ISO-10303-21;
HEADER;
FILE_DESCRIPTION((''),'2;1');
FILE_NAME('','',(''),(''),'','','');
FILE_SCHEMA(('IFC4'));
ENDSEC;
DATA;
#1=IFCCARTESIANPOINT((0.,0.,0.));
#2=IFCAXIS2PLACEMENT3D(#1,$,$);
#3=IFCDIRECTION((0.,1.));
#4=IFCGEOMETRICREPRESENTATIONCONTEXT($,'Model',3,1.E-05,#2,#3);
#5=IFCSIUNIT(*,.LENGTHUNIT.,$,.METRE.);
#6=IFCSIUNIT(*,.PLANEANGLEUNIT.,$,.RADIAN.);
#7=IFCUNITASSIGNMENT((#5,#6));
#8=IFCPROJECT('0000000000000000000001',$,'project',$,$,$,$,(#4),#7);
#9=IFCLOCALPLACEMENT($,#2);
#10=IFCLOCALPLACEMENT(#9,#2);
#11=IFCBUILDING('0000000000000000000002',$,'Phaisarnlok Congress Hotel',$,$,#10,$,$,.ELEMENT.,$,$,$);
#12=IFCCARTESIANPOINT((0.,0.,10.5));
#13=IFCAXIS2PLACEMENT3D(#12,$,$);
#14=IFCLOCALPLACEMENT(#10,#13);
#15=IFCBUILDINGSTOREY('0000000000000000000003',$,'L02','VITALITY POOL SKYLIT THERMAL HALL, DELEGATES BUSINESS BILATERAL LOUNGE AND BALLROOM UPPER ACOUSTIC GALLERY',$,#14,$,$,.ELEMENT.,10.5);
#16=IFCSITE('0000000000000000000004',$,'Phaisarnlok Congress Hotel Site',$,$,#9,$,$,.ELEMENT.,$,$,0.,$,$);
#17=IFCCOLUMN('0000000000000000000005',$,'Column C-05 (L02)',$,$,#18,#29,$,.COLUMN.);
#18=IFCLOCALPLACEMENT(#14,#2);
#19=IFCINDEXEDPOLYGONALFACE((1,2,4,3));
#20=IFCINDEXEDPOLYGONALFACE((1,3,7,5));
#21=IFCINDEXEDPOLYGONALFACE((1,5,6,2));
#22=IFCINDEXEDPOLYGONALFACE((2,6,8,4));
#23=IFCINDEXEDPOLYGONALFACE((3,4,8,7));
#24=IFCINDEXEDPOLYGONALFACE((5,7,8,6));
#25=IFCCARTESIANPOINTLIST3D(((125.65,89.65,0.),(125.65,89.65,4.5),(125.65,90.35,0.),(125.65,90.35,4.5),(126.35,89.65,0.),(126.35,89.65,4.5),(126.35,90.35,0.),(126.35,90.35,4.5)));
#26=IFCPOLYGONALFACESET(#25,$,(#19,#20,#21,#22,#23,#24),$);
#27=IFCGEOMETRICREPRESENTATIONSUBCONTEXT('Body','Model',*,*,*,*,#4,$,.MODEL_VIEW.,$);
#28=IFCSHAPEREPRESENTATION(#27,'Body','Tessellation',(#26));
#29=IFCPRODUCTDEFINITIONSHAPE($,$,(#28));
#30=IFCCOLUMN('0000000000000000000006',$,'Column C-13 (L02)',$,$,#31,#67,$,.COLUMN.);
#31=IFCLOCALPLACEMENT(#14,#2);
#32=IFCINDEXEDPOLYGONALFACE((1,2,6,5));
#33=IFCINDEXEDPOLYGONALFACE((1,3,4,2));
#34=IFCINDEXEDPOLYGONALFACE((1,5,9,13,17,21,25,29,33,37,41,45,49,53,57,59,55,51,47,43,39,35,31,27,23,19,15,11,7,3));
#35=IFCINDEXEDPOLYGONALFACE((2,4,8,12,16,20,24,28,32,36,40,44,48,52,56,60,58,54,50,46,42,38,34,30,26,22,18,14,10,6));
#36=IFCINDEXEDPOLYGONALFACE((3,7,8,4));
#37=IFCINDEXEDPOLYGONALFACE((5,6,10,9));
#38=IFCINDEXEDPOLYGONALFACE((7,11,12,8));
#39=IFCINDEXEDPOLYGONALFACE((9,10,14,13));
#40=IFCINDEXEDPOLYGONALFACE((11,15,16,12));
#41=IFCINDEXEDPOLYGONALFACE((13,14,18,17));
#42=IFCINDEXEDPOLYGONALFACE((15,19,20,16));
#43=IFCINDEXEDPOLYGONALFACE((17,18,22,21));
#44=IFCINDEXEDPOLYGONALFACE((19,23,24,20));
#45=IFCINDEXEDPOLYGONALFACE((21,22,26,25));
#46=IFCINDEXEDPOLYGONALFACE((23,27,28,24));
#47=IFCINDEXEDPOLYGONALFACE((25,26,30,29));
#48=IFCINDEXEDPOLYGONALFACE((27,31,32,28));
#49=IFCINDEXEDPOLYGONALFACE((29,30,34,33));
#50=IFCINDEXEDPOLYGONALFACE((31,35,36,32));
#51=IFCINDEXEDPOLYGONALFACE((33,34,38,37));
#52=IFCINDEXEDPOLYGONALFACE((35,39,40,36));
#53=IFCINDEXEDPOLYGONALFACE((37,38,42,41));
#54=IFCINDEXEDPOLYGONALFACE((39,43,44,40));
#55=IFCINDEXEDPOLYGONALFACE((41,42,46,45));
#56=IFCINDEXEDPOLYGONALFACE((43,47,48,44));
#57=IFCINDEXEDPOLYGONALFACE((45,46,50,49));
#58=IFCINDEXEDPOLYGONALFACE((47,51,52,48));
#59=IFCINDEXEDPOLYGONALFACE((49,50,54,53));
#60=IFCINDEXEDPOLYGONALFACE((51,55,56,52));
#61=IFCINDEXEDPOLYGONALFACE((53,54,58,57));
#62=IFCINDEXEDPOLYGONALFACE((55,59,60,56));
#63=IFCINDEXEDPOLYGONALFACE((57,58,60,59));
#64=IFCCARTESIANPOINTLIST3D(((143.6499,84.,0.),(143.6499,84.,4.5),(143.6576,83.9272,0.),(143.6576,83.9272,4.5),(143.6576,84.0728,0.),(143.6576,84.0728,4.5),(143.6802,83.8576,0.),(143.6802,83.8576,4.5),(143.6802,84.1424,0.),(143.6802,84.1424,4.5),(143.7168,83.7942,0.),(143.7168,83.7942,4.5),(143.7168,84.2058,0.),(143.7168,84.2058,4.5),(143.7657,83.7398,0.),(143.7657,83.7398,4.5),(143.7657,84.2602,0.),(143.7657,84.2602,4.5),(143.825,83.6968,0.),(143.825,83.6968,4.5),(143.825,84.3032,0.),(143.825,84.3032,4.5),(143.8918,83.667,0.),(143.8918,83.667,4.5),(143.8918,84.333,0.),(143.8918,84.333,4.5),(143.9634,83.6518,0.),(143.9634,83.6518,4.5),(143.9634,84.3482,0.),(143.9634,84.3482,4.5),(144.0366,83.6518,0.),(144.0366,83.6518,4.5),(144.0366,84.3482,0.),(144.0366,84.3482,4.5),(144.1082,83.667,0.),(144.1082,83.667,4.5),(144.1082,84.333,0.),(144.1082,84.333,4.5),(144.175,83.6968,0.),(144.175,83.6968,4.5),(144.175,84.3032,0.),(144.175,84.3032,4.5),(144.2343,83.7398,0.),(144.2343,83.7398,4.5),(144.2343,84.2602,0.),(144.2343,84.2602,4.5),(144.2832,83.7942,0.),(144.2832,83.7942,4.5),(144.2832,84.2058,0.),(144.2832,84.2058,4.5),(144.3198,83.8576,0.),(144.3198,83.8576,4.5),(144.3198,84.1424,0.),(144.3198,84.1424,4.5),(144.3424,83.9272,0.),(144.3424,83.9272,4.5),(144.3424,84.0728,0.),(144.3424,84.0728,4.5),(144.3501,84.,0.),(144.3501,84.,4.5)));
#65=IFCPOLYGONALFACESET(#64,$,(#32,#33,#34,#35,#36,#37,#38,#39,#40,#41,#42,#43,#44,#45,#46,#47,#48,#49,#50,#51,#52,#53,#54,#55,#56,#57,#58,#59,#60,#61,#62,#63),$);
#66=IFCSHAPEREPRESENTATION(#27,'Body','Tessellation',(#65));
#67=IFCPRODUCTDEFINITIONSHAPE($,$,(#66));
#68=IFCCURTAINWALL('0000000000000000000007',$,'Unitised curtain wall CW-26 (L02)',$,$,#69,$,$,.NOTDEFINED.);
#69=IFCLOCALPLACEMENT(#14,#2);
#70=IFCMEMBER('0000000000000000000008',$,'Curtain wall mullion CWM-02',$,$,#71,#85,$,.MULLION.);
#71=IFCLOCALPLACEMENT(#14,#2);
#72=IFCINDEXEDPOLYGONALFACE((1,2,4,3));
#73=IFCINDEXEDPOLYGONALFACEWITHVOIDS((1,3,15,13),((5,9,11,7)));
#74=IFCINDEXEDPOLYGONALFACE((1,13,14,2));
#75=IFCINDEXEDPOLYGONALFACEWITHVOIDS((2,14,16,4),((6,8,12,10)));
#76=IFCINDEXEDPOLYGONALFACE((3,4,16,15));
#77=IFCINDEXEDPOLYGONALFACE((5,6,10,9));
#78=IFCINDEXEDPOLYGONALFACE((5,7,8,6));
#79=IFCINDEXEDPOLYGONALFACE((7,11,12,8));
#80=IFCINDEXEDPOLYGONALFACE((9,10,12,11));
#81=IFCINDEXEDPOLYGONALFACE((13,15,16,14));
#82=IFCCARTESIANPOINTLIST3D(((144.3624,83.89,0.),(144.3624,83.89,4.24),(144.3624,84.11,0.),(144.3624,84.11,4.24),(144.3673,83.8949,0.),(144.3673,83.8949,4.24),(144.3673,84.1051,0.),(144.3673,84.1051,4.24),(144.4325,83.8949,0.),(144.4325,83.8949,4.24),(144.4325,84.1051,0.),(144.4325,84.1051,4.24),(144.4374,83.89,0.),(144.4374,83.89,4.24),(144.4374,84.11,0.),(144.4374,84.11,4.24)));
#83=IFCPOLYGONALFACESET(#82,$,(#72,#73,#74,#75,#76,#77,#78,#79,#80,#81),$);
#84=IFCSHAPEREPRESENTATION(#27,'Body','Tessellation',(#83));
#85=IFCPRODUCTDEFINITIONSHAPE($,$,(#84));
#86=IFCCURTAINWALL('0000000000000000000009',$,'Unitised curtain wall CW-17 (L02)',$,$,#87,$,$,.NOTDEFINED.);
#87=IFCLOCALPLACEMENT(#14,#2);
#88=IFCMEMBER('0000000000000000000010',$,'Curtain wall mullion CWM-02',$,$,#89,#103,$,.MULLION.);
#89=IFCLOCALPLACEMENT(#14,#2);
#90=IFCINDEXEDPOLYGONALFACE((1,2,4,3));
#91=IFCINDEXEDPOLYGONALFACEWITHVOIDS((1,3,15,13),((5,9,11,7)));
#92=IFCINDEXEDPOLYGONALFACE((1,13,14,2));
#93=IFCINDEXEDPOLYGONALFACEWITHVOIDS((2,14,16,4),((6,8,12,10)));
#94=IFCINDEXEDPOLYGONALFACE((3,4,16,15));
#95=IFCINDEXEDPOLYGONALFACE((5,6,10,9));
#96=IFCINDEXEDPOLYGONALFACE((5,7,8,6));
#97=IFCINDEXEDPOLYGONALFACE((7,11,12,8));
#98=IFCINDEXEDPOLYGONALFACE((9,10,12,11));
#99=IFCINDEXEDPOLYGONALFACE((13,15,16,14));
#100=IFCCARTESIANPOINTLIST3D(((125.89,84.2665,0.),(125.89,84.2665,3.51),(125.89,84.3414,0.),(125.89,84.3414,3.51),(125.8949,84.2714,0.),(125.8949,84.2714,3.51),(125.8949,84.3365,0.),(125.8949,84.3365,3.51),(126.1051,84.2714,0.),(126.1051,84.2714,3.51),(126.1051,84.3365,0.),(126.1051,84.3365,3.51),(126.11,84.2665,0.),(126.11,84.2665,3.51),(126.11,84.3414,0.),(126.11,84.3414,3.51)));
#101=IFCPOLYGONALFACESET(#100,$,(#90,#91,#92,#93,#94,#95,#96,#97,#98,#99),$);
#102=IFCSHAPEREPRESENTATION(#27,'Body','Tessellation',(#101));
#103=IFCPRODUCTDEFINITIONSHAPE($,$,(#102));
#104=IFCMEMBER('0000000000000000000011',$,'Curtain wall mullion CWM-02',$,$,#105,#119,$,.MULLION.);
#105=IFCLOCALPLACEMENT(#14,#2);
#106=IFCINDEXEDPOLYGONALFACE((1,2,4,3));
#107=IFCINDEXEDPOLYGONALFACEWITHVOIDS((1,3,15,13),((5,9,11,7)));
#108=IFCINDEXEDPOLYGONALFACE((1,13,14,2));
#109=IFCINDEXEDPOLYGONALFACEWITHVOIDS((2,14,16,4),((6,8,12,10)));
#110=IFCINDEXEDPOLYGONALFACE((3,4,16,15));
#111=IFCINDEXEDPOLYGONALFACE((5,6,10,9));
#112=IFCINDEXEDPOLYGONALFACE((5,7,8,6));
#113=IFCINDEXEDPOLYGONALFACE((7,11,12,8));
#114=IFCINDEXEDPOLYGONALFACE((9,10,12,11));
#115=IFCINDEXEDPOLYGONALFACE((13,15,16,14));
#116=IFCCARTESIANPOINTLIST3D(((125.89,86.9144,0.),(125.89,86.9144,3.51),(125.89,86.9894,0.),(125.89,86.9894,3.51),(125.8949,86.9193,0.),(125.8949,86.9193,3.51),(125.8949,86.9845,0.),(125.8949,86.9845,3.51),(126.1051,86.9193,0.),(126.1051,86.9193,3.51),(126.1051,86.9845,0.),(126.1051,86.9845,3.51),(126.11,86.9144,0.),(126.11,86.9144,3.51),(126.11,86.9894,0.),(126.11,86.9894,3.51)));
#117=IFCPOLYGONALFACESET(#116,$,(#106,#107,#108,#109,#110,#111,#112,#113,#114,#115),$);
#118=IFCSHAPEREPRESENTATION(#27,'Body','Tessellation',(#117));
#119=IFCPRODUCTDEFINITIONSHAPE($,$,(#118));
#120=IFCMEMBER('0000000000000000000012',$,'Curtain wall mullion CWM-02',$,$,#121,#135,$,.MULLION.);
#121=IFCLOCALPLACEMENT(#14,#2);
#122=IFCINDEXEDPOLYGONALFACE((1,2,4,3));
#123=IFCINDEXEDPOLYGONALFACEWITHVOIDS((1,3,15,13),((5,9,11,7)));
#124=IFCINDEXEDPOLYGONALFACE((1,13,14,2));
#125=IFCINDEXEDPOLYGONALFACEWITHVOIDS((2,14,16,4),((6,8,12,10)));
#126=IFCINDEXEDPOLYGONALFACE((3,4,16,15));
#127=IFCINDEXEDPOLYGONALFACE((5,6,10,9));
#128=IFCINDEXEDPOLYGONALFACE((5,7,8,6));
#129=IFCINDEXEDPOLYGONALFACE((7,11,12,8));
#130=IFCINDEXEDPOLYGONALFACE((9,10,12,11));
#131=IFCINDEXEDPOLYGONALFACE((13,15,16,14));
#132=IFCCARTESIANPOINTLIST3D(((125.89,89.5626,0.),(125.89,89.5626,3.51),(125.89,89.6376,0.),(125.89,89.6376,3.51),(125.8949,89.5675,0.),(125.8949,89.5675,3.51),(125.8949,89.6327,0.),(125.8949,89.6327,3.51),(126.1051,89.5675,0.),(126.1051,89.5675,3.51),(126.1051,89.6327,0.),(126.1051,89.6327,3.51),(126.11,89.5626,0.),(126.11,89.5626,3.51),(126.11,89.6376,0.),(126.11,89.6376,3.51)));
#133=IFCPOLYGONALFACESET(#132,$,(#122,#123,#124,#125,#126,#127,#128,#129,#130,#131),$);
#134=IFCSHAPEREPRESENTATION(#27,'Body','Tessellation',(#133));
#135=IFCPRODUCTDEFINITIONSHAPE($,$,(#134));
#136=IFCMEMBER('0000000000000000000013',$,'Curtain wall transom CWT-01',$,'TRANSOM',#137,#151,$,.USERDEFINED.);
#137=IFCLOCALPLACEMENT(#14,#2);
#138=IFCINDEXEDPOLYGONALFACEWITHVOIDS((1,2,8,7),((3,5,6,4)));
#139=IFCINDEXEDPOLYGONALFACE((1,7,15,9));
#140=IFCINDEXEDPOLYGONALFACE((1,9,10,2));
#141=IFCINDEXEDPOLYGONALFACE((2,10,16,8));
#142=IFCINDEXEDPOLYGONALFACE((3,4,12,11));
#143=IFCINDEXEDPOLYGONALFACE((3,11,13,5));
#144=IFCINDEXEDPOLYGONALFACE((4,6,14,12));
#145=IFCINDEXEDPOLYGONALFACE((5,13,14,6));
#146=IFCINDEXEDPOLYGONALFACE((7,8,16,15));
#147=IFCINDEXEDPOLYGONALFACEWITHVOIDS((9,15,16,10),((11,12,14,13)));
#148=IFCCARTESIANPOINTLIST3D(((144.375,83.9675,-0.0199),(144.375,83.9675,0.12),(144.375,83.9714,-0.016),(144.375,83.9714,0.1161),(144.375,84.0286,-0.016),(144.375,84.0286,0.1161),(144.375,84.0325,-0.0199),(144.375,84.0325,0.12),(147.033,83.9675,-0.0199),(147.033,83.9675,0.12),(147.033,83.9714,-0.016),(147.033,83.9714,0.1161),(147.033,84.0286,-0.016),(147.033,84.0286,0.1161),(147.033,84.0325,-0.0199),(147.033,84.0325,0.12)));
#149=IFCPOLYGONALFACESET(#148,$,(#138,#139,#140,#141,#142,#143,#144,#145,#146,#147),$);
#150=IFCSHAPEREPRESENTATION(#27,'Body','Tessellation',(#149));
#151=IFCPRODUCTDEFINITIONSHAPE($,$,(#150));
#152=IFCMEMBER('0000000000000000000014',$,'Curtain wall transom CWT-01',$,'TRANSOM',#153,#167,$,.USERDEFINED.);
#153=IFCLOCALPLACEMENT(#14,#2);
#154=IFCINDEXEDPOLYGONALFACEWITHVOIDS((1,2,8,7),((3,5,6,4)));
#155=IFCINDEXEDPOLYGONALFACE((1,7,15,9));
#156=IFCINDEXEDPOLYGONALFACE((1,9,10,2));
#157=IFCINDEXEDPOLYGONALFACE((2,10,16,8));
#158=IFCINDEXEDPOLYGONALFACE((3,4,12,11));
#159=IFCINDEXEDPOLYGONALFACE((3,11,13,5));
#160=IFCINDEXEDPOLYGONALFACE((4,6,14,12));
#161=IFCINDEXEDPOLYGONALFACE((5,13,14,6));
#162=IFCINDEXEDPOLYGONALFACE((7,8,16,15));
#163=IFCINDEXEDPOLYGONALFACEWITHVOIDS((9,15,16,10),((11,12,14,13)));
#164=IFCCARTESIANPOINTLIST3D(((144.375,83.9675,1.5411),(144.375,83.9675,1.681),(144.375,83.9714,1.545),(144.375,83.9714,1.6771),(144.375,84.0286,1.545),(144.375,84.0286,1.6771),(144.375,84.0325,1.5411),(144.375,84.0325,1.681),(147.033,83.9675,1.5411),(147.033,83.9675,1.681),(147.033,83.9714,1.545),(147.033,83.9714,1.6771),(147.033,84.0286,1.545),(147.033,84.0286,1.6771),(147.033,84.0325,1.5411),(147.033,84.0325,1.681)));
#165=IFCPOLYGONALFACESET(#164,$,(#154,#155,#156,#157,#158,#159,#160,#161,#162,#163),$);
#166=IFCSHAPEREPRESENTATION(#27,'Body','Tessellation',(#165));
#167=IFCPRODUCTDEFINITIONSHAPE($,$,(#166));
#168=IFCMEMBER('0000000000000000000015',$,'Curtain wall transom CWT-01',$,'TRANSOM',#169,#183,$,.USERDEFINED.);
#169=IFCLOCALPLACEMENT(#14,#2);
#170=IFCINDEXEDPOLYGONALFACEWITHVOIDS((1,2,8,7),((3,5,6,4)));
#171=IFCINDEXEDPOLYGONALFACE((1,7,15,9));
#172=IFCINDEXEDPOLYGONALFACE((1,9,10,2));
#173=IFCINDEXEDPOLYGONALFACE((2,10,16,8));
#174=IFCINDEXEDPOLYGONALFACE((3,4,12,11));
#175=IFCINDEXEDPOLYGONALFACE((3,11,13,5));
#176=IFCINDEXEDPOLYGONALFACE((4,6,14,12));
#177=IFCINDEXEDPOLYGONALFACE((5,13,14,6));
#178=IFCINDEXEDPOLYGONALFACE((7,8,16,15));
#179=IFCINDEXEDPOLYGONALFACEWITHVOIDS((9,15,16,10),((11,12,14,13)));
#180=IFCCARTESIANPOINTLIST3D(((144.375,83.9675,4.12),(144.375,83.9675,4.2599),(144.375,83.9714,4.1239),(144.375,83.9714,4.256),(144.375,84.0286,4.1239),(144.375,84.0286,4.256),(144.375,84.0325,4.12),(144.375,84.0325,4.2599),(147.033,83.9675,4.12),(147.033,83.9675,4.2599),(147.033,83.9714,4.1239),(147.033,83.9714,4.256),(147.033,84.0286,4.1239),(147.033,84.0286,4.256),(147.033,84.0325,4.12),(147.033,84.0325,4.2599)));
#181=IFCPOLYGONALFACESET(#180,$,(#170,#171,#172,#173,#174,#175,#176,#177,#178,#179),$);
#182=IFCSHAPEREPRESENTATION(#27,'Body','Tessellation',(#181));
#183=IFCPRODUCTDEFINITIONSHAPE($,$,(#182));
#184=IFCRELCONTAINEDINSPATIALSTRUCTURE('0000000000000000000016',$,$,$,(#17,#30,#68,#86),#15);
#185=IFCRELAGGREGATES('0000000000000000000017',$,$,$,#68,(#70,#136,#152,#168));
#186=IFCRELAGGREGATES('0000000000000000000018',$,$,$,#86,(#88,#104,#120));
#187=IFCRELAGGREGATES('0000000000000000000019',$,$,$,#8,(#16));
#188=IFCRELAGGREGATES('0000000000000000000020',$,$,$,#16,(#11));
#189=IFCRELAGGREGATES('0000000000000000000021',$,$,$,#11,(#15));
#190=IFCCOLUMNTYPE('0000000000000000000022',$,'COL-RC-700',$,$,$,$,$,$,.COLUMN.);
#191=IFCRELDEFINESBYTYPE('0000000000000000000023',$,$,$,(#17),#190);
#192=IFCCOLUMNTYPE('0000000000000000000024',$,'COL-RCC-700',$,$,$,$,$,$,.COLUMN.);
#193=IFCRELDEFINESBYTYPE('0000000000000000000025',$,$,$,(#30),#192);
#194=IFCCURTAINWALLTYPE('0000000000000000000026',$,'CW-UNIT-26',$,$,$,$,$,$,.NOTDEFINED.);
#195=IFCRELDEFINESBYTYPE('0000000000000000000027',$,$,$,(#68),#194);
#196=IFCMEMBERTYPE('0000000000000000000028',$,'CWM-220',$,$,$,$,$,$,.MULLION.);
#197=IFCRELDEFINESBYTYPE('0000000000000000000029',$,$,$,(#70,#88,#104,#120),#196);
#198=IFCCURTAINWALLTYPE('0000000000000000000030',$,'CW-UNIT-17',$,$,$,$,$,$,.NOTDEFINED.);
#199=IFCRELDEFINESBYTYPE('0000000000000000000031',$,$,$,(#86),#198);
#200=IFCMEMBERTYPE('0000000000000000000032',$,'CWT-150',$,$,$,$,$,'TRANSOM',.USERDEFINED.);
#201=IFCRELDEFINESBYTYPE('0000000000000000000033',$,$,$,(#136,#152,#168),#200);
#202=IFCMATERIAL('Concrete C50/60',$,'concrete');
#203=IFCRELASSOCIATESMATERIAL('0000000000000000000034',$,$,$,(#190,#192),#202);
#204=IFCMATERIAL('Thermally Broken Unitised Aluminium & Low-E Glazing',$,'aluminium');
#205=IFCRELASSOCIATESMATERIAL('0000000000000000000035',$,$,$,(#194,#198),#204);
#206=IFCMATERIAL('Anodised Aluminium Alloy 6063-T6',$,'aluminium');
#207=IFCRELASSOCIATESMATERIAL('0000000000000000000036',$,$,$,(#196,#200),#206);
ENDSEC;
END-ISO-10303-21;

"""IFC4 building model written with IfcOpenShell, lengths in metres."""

from ifc_helpers import new_model, si_unit, direction, frame, origin, origin_2d, place, context, subcontext, project, spatial, rectangle, hollow_rectangle, circle, extrude, material, material_profile, profile_set, type_object, element, aggregate, save


model = new_model("IFC4")

# Units and contexts
model_context = context("Model", 3, precision=1e-05, world=origin(), true_north=direction((0.0, 1.0)))
body_context = subcontext(model_context, "Body", "Model", "MODEL_VIEW")
ifc_project = project(units=[si_unit("LENGTHUNIT", "METRE"), si_unit("PLANEANGLEUNIT", "RADIAN")], contexts=[model_context])

# Site, building, storey
site_placement = place(None, origin())
site = spatial("IfcSite", under=ifc_project, at=site_placement, Name="Phaisarnlok Congress Hotel Site", CompositionType="ELEMENT", RefElevation=0.0)
building_placement = place(site_placement, origin())
building = spatial("IfcBuilding", under=site, at=building_placement, Name="Phaisarnlok Congress Hotel", CompositionType="ELEMENT")
storey_placement = place(building_placement, frame((0.0, 0.0, 10.5)))
storey = spatial("IfcBuildingStorey", under=building, at=storey_placement, Name="L02", Description="VITALITY POOL SKYLIT THERMAL HALL, DELEGATES BUSINESS BILATERAL LOUNGE AND BALLROOM UPPER ACOUSTIC GALLERY", CompositionType="ELEMENT", Elevation=10.5)

# Columns
ifc_material_1 = material(Name="Concrete C50/60", Category="concrete")
ifc_material_profile_1 = material_profile(ifc_material_1, rectangle(XDim=0.7, YDim=0.7, at=origin_2d()), Name="RC 700x700")
ifc_profile_set_1 = profile_set([ifc_material_profile_1], Name="Concrete C50/60")
column_type_1 = type_object("IfcColumnType", Name="COL-RC-700", PredefinedType="COLUMN", material=ifc_profile_set_1)
column_1_placement = place(storey_placement, frame((126.0, 90.0, 0.0), z_axis=(0.0, 0.0, 1.0), x_axis=(1.0, 0.0, 0.0)))
element("IfcColumn", 1, at=column_1_placement, inside=storey, type_object=column_type_1, Name="Column C-05 (L02)", PredefinedType="COLUMN", context=body_context, shape_type="SweptSolid", body=[
    extrude(rectangle(XDim=0.7, YDim=0.7, at=origin_2d()), origin(), (0.0, 0.0, 1.0), 4.5),
])
ifc_material_profile_2 = material_profile(ifc_material_1, circle(Radius=0.3501, at=origin_2d()), Name="RCC D700")
ifc_profile_set_2 = profile_set([ifc_material_profile_2], Name="Concrete C50/60")
column_type_2 = type_object("IfcColumnType", Name="COL-RCC-700", PredefinedType="COLUMN", material=ifc_profile_set_2)
column_2_placement = place(storey_placement, frame((144.0, 84.0, 0.0), z_axis=(0.0, 0.0, 1.0), x_axis=(1.0, 0.0, 0.0)))
element("IfcColumn", 2, at=column_2_placement, inside=storey, type_object=column_type_2, Name="Column C-13 (L02)", PredefinedType="COLUMN", context=body_context, shape_type="SweptSolid", body=[
    extrude(circle(Radius=0.3501, at=origin_2d()), origin(), (0.0, 0.0, 1.0), 4.5),
])

# Curtain wall, member
ifc_material_2 = material(Name="Thermally Broken Unitised Aluminium & Low-E Glazing", Category="aluminium")
curtain_wall_type_1 = type_object("IfcCurtainWallType", Name="CW-UNIT-26", PredefinedType="NOTDEFINED", material=ifc_material_2)
curtain_wall_1_placement = place(storey_placement, origin())
curtain_wall_1 = element("IfcCurtainWall", 3, at=curtain_wall_1_placement, inside=storey, type_object=curtain_wall_type_1, Name="Unitised curtain wall CW-26 (L02)", PredefinedType="NOTDEFINED")
ifc_material_3 = material(Name="Anodised Aluminium Alloy 6063-T6", Category="aluminium")
ifc_material_profile_3 = material_profile(ifc_material_3, hollow_rectangle(XDim=0.075, YDim=0.22, WallThickness=0.0049, at=origin_2d()), Name="ALU-M 75x220x5")
ifc_profile_set_3 = profile_set([ifc_material_profile_3], Name="Anodised Aluminium Alloy 6063-T6")
member_type_1 = type_object("IfcMemberType", Name="CWM-220", PredefinedType="MULLION", material=ifc_profile_set_3)
member_1_placement = place(storey_placement, frame((144.3999, 84.0, 0.0), z_axis=(0.0, 0.0, 1.0), x_axis=(-1.0, 0.0, 0.0)))
member_1 = element("IfcMember", 4, at=member_1_placement, type_object=member_type_1, Name="Curtain wall mullion CWM-02", PredefinedType="MULLION", context=body_context, shape_type="SweptSolid", body=[
    extrude(hollow_rectangle(XDim=0.075, YDim=0.22, WallThickness=0.0049, at=origin_2d()), origin(), (0.0, 0.0, 1.0), 4.24),
])

# Curtain wall, members
curtain_wall_type_2 = type_object("IfcCurtainWallType", Name="CW-UNIT-17", PredefinedType="NOTDEFINED", material=ifc_material_2)
curtain_wall_2_placement = place(storey_placement, origin())
curtain_wall_2 = element("IfcCurtainWall", 5, at=curtain_wall_2_placement, inside=storey, type_object=curtain_wall_type_2, Name="Unitised curtain wall CW-17 (L02)", PredefinedType="NOTDEFINED")
member_2_placement = place(storey_placement, frame((126.0, 84.304, 0.0), z_axis=(0.0, 0.0, 1.0), x_axis=(0.0, 1.0, 0.0)))
member_2 = element("IfcMember", 6, at=member_2_placement, type_object=member_type_1, Name="Curtain wall mullion CWM-02", PredefinedType="MULLION", context=body_context, shape_type="SweptSolid", body=[
    extrude(hollow_rectangle(XDim=0.075, YDim=0.22, WallThickness=0.0049, at=origin_2d()), origin(), (0.0, 0.0, 1.0), 3.51),
])
member_3_placement = place(storey_placement, frame((126.0, 86.9519, 0.0), z_axis=(0.0, 0.0, 1.0), x_axis=(0.0, 1.0, 0.0)))
member_3 = element("IfcMember", 7, at=member_3_placement, type_object=member_type_1, Name="Curtain wall mullion CWM-02", PredefinedType="MULLION", context=body_context, shape_type="SweptSolid", body=[
    extrude(hollow_rectangle(XDim=0.075, YDim=0.22, WallThickness=0.0049, at=origin_2d()), origin(), (0.0, 0.0, 1.0), 3.51),
])
member_4_placement = place(storey_placement, frame((126.0, 89.6001, 0.0), z_axis=(0.0, 0.0, 1.0), x_axis=(0.0, 1.0, 0.0)))
member_4 = element("IfcMember", 8, at=member_4_placement, type_object=member_type_1, Name="Curtain wall mullion CWM-02", PredefinedType="MULLION", context=body_context, shape_type="SweptSolid", body=[
    extrude(hollow_rectangle(XDim=0.075, YDim=0.22, WallThickness=0.0049, at=origin_2d()), origin(), (0.0, 0.0, 1.0), 3.51),
])

# Members
ifc_material_profile_4 = material_profile(ifc_material_3, hollow_rectangle(XDim=0.0649, YDim=0.1399, WallThickness=0.0039, at=origin_2d()), Name="ALU-T 65x140x4")
ifc_profile_set_4 = profile_set([ifc_material_profile_4], Name="Anodised Aluminium Alloy 6063-T6")
member_type_2 = type_object("IfcMemberType", Name="CWT-150", ElementType="TRANSOM", PredefinedType="USERDEFINED", material=ifc_profile_set_4)
member_5_placement = place(storey_placement, frame((147.033, 84.0, 0.05), z_axis=(-1.0, 0.0, 0.0), x_axis=(0.0, -1.0, 0.0)))
member_5 = element("IfcMember", 9, at=member_5_placement, type_object=member_type_2, Name="Curtain wall transom CWT-01", ObjectType="TRANSOM", PredefinedType="USERDEFINED", context=body_context, shape_type="SweptSolid", body=[
    extrude(hollow_rectangle(XDim=0.0649, YDim=0.1399, WallThickness=0.0039, at=origin_2d()), origin(), (0.0, 0.0, 1.0), 2.658),
])
member_6_placement = place(storey_placement, frame((147.033, 84.0, 1.6111), z_axis=(-1.0, 0.0, 0.0), x_axis=(0.0, -1.0, 0.0)))
member_6 = element("IfcMember", 10, at=member_6_placement, type_object=member_type_2, Name="Curtain wall transom CWT-01", ObjectType="TRANSOM", PredefinedType="USERDEFINED", context=body_context, shape_type="SweptSolid", body=[
    extrude(hollow_rectangle(XDim=0.0649, YDim=0.1399, WallThickness=0.0039, at=origin_2d()), origin(), (0.0, 0.0, 1.0), 2.658),
])
member_7_placement = place(storey_placement, frame((147.033, 84.0, 4.1899), z_axis=(-1.0, 0.0, 0.0), x_axis=(0.0, -1.0, 0.0)))
member_7 = element("IfcMember", 11, at=member_7_placement, type_object=member_type_2, Name="Curtain wall transom CWT-01", ObjectType="TRANSOM", PredefinedType="USERDEFINED", context=body_context, shape_type="SweptSolid", body=[
    extrude(hollow_rectangle(XDim=0.0649, YDim=0.1399, WallThickness=0.0039, at=origin_2d()), origin(), (0.0, 0.0, 1.0), 2.658),
])
aggregate(curtain_wall_1, [member_1, member_5, member_6, member_7])

aggregate(curtain_wall_2, [member_2, member_3, member_4])

save(model, "model.ifc")
